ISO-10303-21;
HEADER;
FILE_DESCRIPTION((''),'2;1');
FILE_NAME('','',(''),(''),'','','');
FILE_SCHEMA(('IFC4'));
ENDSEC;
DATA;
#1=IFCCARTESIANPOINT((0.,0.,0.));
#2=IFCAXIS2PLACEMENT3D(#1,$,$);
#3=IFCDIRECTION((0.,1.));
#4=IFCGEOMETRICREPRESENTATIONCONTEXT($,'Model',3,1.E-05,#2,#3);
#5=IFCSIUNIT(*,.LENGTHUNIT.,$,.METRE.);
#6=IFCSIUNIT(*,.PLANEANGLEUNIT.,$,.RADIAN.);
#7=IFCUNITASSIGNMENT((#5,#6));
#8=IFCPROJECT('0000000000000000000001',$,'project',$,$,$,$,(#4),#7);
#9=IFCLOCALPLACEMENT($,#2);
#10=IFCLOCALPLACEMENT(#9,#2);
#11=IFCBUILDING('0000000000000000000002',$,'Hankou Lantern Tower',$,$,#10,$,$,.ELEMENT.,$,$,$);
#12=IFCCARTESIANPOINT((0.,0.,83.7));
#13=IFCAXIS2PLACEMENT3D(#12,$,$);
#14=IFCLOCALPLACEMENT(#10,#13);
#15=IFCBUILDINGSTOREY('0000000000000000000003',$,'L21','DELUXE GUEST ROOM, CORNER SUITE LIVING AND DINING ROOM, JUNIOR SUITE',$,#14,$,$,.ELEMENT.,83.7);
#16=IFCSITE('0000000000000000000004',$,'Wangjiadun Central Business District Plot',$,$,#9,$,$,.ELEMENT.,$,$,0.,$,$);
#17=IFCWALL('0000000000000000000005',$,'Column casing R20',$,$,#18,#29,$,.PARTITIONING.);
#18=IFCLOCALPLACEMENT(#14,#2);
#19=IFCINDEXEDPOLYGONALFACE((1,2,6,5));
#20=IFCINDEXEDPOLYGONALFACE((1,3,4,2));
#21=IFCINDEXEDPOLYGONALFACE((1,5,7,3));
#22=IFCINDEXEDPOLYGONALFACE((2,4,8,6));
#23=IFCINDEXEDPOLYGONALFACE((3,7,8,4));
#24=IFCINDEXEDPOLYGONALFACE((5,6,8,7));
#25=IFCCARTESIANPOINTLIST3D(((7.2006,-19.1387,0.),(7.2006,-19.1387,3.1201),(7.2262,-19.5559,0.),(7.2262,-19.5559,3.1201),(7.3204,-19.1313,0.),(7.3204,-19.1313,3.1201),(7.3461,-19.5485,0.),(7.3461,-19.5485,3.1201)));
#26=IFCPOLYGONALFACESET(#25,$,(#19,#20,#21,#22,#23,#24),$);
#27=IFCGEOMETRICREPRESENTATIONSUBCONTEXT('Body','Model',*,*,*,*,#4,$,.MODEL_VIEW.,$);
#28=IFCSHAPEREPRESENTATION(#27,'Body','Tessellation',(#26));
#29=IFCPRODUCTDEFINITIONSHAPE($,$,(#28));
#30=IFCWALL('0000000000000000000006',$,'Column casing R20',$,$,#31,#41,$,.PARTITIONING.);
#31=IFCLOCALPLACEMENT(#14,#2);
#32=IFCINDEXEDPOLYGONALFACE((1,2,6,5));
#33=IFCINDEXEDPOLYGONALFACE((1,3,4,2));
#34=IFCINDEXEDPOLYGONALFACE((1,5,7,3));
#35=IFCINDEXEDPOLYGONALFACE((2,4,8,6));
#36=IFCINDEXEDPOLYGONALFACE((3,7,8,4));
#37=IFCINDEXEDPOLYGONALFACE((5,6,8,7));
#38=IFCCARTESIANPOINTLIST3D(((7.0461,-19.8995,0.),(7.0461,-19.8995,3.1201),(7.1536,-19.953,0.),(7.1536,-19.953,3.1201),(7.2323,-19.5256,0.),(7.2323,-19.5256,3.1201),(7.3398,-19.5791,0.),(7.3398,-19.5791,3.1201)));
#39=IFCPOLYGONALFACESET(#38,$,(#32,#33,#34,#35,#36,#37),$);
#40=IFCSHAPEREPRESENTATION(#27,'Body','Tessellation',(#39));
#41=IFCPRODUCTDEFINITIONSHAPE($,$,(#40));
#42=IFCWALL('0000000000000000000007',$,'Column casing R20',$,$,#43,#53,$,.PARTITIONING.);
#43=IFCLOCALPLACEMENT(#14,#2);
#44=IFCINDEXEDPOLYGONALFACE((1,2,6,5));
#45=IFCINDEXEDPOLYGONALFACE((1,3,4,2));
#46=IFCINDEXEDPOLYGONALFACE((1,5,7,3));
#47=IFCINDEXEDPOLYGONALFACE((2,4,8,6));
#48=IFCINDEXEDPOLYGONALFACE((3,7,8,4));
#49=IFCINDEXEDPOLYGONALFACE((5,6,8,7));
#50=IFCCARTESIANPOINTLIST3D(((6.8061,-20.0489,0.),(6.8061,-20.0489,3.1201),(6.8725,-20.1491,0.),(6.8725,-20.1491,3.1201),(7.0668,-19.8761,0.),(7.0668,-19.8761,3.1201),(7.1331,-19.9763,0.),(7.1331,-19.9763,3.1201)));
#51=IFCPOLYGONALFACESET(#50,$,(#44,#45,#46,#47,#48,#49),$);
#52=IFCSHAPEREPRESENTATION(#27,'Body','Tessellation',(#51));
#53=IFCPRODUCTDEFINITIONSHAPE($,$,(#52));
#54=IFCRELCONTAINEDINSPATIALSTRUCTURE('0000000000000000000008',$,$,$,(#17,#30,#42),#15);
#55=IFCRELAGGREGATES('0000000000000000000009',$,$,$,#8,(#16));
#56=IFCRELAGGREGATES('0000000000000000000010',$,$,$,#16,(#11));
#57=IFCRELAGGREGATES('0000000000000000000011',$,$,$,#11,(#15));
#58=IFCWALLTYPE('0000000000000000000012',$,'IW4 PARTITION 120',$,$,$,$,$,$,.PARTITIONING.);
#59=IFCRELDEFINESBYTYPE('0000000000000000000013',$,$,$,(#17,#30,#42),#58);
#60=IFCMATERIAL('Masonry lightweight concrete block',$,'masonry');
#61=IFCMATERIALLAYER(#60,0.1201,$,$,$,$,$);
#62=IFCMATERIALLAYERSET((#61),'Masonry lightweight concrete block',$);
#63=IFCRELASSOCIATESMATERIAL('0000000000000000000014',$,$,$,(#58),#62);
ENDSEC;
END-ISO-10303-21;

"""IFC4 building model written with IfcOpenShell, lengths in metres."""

from ifc_helpers import new_model, si_unit, direction, frame, frame_2d, origin, place, context, subcontext, project, spatial, rectangle, extrude, material, layer, layer_set, type_object, element, save


model = new_model("IFC4")

# Units and contexts
model_context = context("Model", 3, precision=1e-05, world=origin(), true_north=direction((0.0, 1.0)))
body_context = subcontext(model_context, "Body", "Model", "MODEL_VIEW")
ifc_project = project(units=[si_unit("LENGTHUNIT", "METRE"), si_unit("PLANEANGLEUNIT", "RADIAN")], contexts=[model_context])

# Site, building, storey
site_placement = place(None, origin())
site = spatial("IfcSite", under=ifc_project, at=site_placement, Name="Wangjiadun Central Business District Plot", CompositionType="ELEMENT", RefElevation=0.0)
building_placement = place(site_placement, origin())
building = spatial("IfcBuilding", under=site, at=building_placement, Name="Hankou Lantern Tower", CompositionType="ELEMENT")
storey_placement = place(building_placement, frame((0.0, 0.0, 83.7)))
storey = spatial("IfcBuildingStorey", under=building, at=storey_placement, Name="L21", Description="DELUXE GUEST ROOM, CORNER SUITE LIVING AND DINING ROOM, JUNIOR SUITE", CompositionType="ELEMENT", Elevation=83.7)

# Walls
ifc_material_1 = material(Name="Masonry lightweight concrete block", Category="masonry")
ifc_layer_1 = layer(ifc_material_1, 0.1201)
ifc_layer_set_1 = layer_set([ifc_layer_1], Name="Masonry lightweight concrete block")
wall_type_1 = type_object("IfcWallType", Name="IW4 PARTITION 120", PredefinedType="PARTITIONING", material=ifc_layer_set_1)
wall_1_placement = place(storey_placement, frame((7.2605, -19.135, 0.0), z_axis=(0.0, 0.0, 1.0), x_axis=(0.061324, -0.998118, 0.0)))
element("IfcWall", 1, at=wall_1_placement, inside=storey, type_object=wall_type_1, Name="Column casing R20", PredefinedType="PARTITIONING", context=body_context, shape_type="SweptSolid", body=[
    extrude(rectangle(XDim=0.418, YDim=0.1201, at=frame_2d((0.209, 0.0))), origin(), (0.0, 0.0, 1.0), 3.1201),
])
wall_2_placement = place(storey_placement, frame((7.2861, -19.5522, 0.0), z_axis=(0.0, 0.0, 1.0), x_axis=(-0.445811, -0.895127, 0.0)))
element("IfcWall", 2, at=wall_2_placement, inside=storey, type_object=wall_type_1, Name="Column casing R20", PredefinedType="PARTITIONING", context=body_context, shape_type="SweptSolid", body=[
    extrude(rectangle(XDim=0.4177, YDim=0.1201, at=frame_2d((0.209, 0.0))), origin(), (0.0, 0.0, 1.0), 3.1201),
])
wall_3_placement = place(storey_placement, frame((7.0999, -19.9263, 0.0), z_axis=(0.0, 0.0, 1.0), x_axis=(-0.833488, -0.552537, 0.0)))
element("IfcWall", 3, at=wall_3_placement, inside=storey, type_object=wall_type_1, Name="Column casing R20", PredefinedType="PARTITIONING", context=body_context, shape_type="SweptSolid", body=[
    extrude(rectangle(XDim=0.3127, YDim=0.1201, at=frame_2d((0.1562, 0.0))), origin(), (0.0, 0.0, 1.0), 3.1201),
])

save(model, "model.ifc")
